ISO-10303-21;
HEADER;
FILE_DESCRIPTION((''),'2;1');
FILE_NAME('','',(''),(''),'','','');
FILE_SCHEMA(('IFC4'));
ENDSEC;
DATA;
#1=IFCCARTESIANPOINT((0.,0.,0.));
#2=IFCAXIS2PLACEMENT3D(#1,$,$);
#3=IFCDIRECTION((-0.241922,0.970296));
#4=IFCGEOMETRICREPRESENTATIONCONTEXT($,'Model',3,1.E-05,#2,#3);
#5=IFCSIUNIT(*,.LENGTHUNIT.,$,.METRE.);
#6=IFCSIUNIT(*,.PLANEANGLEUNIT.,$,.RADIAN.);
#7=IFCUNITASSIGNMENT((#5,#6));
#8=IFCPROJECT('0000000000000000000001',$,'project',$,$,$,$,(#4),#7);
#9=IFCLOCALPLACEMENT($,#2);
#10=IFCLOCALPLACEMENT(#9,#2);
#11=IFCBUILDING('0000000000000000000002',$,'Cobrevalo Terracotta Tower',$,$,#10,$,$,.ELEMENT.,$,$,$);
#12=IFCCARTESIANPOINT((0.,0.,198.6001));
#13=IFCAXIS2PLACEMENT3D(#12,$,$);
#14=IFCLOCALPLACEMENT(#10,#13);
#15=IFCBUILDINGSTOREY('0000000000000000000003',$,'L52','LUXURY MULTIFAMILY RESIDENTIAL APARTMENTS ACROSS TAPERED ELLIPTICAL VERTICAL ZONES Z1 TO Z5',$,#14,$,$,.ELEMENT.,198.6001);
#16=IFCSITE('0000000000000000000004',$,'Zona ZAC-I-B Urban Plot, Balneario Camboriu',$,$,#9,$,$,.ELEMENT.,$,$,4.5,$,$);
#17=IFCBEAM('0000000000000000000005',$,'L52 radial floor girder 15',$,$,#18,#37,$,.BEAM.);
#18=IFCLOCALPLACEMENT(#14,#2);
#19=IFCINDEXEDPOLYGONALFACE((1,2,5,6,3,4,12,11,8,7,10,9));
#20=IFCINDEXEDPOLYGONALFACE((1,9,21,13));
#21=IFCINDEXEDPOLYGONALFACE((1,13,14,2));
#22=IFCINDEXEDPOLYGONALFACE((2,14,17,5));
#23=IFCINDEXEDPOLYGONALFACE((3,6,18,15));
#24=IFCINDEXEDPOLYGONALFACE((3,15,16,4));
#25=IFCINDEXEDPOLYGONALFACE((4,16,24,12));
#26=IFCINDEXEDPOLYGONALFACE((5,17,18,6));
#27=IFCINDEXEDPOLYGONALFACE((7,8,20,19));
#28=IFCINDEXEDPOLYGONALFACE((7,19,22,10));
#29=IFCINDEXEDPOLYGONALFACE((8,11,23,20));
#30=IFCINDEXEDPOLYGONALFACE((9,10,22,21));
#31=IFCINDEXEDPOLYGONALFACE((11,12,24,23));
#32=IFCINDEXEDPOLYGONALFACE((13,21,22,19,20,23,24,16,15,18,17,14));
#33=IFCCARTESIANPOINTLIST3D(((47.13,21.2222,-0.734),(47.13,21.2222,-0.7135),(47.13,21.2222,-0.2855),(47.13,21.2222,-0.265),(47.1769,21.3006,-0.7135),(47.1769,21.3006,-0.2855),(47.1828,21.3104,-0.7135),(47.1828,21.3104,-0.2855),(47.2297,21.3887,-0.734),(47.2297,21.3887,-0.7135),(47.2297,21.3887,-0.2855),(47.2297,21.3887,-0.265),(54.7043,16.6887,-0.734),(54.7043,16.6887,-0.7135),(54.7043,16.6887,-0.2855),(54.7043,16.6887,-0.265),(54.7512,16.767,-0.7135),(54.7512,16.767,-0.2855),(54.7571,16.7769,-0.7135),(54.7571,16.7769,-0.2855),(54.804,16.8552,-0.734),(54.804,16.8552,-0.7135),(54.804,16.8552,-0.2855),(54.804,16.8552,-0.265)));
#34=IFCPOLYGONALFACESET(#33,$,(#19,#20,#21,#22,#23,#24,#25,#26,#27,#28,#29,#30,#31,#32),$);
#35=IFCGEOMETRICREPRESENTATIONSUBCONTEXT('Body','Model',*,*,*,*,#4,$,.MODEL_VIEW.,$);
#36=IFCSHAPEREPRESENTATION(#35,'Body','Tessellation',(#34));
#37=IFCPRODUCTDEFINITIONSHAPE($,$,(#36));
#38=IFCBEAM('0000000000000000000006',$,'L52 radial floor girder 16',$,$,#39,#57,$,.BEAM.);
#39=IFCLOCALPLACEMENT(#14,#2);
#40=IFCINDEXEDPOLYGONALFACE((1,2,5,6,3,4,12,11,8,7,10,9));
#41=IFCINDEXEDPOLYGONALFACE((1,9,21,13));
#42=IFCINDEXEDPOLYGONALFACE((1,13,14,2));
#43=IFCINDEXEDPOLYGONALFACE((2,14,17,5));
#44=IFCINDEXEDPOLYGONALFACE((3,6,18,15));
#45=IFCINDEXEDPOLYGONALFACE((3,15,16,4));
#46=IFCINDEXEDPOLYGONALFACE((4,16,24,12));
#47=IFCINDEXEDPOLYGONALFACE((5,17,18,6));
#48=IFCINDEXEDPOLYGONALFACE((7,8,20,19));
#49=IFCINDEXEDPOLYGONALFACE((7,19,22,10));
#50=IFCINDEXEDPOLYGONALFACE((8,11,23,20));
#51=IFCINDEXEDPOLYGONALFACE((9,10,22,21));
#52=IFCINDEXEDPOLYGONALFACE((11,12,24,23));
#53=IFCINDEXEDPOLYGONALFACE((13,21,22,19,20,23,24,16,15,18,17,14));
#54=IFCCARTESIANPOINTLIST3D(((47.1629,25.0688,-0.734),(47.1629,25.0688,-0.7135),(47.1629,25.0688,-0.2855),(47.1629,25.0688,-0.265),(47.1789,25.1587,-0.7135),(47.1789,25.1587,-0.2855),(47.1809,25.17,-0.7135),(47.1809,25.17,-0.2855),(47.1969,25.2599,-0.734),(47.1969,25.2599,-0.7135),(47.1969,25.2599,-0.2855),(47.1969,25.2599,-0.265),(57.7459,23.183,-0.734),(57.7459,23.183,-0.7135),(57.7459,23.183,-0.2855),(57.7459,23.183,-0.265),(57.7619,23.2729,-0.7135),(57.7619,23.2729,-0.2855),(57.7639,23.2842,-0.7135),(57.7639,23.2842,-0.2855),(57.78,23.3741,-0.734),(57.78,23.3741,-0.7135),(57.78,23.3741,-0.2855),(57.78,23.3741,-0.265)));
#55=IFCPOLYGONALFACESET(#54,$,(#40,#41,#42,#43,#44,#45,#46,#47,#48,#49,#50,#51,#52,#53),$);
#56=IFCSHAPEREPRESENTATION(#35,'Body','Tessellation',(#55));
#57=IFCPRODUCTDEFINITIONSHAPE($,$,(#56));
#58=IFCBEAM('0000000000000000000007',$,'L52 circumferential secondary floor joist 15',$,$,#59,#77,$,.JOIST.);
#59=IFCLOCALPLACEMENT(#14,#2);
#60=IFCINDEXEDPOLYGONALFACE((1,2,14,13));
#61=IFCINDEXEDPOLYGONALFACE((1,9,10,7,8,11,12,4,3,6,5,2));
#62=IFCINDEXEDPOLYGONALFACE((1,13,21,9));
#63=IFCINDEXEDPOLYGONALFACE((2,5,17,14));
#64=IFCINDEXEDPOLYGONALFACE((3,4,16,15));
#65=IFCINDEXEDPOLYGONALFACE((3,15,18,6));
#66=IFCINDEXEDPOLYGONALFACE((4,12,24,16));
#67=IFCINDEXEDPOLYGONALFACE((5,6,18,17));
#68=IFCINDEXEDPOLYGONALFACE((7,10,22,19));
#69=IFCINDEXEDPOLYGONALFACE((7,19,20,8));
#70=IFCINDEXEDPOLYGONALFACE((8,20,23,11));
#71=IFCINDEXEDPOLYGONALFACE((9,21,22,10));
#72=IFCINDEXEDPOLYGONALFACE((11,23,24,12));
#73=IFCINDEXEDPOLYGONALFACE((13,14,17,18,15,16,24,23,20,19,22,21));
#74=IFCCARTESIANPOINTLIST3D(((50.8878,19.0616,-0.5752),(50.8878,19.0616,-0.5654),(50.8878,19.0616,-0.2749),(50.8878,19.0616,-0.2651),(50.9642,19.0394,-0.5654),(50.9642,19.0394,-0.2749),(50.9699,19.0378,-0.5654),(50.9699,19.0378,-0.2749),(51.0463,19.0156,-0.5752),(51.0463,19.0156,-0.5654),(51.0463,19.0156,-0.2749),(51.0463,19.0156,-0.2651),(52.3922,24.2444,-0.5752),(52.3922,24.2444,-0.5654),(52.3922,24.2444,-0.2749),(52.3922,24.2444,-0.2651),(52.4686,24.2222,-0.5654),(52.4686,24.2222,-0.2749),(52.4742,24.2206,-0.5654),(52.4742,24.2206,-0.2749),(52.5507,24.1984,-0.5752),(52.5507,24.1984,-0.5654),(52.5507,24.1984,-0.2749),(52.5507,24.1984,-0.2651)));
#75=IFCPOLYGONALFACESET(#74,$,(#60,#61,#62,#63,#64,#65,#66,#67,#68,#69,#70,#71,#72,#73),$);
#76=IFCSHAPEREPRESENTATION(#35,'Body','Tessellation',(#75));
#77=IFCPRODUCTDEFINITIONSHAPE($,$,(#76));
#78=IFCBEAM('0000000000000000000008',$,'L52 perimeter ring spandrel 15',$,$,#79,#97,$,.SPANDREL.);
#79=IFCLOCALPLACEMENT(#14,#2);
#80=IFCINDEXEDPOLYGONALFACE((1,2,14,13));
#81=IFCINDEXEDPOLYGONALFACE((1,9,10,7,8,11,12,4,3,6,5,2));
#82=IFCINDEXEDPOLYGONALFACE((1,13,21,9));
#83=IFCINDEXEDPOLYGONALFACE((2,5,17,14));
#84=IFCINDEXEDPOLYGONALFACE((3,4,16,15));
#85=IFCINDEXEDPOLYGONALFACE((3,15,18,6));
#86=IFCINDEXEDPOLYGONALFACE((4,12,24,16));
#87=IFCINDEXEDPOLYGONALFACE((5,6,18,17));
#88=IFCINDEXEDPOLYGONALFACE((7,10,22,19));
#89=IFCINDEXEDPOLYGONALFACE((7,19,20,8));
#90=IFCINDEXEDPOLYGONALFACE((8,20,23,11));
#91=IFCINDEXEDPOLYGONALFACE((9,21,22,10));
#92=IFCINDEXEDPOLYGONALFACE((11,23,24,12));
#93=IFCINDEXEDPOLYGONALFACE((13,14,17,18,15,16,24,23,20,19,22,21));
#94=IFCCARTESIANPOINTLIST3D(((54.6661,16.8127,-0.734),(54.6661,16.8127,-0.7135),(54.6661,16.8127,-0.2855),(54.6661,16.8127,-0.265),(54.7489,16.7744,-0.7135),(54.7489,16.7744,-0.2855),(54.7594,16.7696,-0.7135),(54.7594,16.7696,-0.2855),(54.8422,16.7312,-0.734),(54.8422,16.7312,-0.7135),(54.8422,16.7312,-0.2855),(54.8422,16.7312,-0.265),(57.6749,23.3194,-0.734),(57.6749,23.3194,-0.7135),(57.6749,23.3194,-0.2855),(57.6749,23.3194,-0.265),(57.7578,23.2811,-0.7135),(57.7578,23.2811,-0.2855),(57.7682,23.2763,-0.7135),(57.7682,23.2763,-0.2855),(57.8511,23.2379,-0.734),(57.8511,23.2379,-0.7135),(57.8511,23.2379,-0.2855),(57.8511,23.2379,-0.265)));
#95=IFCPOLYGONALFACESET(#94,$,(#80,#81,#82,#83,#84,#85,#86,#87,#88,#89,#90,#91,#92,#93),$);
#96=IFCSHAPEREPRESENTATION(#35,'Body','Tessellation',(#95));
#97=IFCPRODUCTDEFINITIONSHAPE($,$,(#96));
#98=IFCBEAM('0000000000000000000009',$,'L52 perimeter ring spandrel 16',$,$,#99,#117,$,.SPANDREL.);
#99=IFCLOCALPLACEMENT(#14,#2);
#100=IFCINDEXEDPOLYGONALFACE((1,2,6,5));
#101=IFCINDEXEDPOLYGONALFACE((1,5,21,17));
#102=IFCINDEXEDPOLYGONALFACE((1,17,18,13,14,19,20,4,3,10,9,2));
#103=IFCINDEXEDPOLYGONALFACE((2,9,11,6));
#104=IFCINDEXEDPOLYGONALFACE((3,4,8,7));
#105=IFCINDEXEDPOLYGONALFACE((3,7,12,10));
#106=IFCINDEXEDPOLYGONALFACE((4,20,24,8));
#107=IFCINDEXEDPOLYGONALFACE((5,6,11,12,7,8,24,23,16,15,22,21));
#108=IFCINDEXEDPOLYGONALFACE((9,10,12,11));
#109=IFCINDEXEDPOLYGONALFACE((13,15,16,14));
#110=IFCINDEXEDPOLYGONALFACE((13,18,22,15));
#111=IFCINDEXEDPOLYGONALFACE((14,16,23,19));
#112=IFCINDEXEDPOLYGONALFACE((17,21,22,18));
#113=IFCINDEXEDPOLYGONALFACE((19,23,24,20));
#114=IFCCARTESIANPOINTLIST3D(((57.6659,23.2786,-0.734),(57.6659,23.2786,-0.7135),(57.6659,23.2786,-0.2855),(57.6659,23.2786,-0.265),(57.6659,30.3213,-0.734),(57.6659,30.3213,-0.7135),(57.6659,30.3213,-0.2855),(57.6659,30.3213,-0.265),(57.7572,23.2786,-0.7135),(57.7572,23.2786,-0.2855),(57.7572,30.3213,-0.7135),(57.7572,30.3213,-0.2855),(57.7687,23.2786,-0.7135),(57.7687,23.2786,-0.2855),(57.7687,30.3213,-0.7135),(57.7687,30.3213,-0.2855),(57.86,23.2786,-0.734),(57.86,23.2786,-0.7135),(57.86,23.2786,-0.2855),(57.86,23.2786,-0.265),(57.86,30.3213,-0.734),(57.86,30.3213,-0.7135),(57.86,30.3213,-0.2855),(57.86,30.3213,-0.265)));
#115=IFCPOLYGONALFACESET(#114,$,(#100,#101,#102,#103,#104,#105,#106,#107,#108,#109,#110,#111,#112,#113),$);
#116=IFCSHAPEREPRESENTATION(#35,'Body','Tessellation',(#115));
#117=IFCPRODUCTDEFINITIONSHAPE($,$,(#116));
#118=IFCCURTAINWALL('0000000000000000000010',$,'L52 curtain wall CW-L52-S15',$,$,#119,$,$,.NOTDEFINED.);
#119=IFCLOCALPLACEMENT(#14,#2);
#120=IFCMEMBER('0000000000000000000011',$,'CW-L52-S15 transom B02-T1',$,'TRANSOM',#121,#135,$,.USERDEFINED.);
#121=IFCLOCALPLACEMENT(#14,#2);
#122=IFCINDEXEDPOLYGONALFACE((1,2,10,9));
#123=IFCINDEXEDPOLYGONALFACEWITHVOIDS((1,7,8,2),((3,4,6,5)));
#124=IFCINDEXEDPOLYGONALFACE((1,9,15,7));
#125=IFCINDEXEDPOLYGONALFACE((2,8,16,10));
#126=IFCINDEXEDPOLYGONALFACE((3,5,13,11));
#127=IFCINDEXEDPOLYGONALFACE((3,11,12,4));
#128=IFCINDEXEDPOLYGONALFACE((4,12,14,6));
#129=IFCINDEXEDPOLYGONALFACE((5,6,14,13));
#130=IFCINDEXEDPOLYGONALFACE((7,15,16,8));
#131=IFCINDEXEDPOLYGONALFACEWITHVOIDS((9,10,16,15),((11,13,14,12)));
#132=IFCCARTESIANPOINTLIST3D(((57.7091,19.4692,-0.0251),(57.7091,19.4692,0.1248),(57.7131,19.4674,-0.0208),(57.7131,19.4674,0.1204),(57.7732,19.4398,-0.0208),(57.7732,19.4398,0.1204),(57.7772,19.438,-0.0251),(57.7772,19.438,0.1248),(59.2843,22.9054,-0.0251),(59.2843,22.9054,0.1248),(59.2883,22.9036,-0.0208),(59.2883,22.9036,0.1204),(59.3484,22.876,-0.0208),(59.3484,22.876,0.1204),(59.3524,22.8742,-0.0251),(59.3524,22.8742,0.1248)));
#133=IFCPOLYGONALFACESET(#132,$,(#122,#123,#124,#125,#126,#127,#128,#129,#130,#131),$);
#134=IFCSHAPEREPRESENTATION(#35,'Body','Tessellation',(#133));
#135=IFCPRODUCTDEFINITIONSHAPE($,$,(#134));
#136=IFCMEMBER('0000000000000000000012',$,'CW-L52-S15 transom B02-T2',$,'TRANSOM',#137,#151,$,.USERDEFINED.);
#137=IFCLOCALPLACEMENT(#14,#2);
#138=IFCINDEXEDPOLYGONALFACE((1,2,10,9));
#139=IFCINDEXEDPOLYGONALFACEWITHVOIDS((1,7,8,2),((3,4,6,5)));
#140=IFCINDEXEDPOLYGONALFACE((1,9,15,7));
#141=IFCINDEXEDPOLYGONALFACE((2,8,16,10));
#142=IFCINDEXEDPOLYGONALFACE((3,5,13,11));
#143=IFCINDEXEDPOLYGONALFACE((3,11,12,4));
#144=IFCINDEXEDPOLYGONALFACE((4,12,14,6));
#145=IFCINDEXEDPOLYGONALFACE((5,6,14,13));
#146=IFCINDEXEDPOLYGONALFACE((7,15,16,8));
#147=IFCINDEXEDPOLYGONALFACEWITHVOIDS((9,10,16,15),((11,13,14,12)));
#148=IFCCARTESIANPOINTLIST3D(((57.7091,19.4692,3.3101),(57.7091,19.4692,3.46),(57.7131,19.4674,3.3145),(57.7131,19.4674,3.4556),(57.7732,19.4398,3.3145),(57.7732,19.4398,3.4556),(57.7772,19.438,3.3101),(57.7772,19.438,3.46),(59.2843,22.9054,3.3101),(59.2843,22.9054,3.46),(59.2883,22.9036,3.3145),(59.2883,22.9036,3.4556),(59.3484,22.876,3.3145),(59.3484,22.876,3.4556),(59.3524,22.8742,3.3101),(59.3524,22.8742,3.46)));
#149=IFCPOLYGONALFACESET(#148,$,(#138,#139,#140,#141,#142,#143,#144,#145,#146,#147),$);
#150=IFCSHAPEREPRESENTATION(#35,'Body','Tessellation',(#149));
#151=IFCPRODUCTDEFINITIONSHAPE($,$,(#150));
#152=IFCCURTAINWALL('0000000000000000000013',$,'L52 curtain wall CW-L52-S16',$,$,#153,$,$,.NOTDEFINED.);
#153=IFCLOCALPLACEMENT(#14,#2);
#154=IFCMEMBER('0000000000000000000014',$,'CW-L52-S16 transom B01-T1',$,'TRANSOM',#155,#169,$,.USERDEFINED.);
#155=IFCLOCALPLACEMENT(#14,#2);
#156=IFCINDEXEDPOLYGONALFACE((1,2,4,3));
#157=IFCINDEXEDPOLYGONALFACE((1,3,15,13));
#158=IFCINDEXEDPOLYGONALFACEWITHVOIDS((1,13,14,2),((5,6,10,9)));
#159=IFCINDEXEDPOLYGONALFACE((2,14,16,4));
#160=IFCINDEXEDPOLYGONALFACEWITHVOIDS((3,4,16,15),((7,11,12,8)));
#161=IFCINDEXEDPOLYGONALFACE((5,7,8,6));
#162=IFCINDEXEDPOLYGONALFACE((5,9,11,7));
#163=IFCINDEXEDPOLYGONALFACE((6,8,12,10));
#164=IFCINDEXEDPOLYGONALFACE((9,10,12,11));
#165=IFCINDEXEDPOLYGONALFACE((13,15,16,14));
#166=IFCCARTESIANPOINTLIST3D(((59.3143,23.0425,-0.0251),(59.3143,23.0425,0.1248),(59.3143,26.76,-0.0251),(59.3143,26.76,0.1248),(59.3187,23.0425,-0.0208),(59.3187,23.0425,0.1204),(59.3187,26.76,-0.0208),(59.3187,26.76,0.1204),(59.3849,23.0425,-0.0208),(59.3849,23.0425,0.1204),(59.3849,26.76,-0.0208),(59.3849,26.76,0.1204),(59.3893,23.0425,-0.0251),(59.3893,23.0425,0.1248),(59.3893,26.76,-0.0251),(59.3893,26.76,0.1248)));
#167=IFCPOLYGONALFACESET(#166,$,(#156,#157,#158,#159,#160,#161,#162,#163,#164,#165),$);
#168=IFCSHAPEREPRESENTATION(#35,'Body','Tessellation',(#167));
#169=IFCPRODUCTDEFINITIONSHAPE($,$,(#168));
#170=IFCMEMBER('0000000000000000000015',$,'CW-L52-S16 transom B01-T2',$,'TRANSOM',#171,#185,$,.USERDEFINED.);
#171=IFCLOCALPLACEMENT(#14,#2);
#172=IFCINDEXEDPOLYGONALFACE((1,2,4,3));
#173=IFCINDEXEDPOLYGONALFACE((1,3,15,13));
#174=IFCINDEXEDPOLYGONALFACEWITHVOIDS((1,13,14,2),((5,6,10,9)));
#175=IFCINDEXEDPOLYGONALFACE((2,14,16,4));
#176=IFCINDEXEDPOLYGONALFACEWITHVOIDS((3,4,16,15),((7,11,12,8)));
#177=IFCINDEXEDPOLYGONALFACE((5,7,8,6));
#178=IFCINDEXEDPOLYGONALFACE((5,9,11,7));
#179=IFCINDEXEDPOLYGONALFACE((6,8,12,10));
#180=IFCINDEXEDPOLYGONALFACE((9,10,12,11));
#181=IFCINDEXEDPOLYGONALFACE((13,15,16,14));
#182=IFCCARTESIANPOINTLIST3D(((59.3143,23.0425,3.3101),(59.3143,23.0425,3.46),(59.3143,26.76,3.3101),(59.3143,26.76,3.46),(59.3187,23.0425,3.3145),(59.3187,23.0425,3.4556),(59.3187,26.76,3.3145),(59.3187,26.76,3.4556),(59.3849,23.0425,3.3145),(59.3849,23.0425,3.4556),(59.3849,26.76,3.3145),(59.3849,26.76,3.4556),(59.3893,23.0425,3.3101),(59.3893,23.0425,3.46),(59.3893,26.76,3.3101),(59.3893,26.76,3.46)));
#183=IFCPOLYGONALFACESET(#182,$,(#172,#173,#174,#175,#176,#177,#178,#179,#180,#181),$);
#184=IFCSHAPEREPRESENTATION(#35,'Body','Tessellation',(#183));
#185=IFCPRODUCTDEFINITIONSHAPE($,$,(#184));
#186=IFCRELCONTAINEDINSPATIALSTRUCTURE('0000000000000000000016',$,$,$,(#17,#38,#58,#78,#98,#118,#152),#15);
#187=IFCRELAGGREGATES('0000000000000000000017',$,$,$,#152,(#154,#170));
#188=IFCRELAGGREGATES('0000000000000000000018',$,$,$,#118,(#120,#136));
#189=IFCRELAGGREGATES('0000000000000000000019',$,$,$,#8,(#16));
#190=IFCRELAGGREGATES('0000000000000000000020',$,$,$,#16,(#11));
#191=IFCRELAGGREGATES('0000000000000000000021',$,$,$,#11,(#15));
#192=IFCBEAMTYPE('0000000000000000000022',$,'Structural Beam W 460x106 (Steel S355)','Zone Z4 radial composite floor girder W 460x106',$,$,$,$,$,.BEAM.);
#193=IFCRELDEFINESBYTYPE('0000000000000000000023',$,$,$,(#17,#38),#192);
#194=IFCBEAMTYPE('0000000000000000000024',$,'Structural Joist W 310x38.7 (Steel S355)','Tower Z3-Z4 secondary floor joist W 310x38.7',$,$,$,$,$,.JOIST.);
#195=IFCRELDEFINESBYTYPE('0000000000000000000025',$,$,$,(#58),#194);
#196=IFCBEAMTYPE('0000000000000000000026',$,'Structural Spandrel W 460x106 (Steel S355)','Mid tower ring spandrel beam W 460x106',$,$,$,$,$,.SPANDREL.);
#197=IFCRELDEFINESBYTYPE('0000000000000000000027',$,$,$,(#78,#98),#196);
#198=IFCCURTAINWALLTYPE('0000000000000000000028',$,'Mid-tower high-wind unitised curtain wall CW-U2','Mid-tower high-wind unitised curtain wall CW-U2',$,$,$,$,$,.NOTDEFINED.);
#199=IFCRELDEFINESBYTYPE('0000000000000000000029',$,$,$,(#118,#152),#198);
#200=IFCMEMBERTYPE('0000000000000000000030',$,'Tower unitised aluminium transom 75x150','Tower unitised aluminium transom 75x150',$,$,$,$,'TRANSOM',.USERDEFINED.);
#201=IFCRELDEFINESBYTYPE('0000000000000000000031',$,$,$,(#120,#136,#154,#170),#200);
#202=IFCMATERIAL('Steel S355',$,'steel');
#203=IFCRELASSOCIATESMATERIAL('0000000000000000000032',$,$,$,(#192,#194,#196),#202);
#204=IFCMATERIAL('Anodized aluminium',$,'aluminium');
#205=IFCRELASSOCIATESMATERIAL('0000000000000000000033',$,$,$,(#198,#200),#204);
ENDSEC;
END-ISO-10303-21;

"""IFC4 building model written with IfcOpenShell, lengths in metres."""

from ifc_helpers import new_model, si_unit, direction, frame, origin, origin_2d, place, context, subcontext, project, spatial, hollow_rectangle, i_section, extrude, source, transform, mapped, material, material_profile, profile_set, type_object, element, aggregate, save


model = new_model("IFC4")

# Units and contexts
model_context = context("Model", 3, precision=1e-05, world=origin(), true_north=direction((-0.241922, 0.970296)))
body_context = subcontext(model_context, "Body", "Model", "MODEL_VIEW")
ifc_project = project(units=[si_unit("LENGTHUNIT", "METRE"), si_unit("PLANEANGLEUNIT", "RADIAN")], contexts=[model_context])

# Site, building, storey
site_placement = place(None, origin())
site = spatial("IfcSite", under=ifc_project, at=site_placement, Name="Zona ZAC-I-B Urban Plot, Balneario Camboriu", CompositionType="ELEMENT", RefElevation=4.5)
building_placement = place(site_placement, origin())
building = spatial("IfcBuilding", under=site, at=building_placement, Name="Cobrevalo Terracotta Tower", CompositionType="ELEMENT")
storey_placement = place(building_placement, frame((0.0, 0.0, 198.6001)))
storey = spatial("IfcBuildingStorey", under=building, at=storey_placement, Name="L52", Description="LUXURY MULTIFAMILY RESIDENTIAL APARTMENTS ACROSS TAPERED ELLIPTICAL VERTICAL ZONES Z1 TO Z5", CompositionType="ELEMENT", Elevation=198.6001)

# Shared definitions
ifc_material_1 = material(Name="Steel S355", Category="steel")

# Beams
ifc_material_profile_1 = material_profile(ifc_material_1, i_section(OverallWidth=0.1941, OverallDepth=0.469, WebThickness=0.0115, FlangeThickness=0.0205, at=origin_2d()), Name="W 460x106")
ifc_profile_set_1 = profile_set([ifc_material_profile_1], Name="Steel S355")
beam_type_1 = type_object("IfcBeamType", Name="Structural Beam W 460x106 (Steel S355)", Description="Zone Z4 radial composite floor girder W 460x106", PredefinedType="BEAM", material=ifc_profile_set_1)
beam_1_placement = place(storey_placement, frame((54.7542, 16.772, -0.4995), z_axis=(-0.858046, 0.513572, 0.0), x_axis=(-0.513572, -0.858046, 0.0)))
element("IfcBeam", 1, at=beam_1_placement, inside=storey, type_object=beam_type_1, Name="L52 radial floor girder 15", PredefinedType="BEAM", context=body_context, shape_type="SweptSolid", body=[
    extrude(i_section(OverallWidth=0.1941, OverallDepth=0.469, WebThickness=0.0115, FlangeThickness=0.0205, at=origin_2d()), origin(), (0.0, 0.0, 1.0), 8.8274),
])
beam_2_placement = place(storey_placement, frame((57.7629, 23.2786, -0.4995), z_axis=(-0.984493, 0.175423, 0.0), x_axis=(-0.175423, -0.984493, 0.0)))
element("IfcBeam", 2, at=beam_2_placement, inside=storey, type_object=beam_type_1, Name="L52 radial floor girder 16", PredefinedType="BEAM", context=body_context, shape_type="SweptSolid", body=[
    extrude(i_section(OverallWidth=0.1941, OverallDepth=0.469, WebThickness=0.0115, FlangeThickness=0.0205, at=origin_2d()), origin(), (0.0, 0.0, 1.0), 10.7498),
])
ifc_material_profile_2 = material_profile(ifc_material_1, i_section(OverallWidth=0.165, OverallDepth=0.3101, WebThickness=0.0059, FlangeThickness=0.0098, at=origin_2d()), Name="W 310x38.7")
ifc_profile_set_2 = profile_set([ifc_material_profile_2], Name="Steel S355")
beam_type_2 = type_object("IfcBeamType", Name="Structural Joist W 310x38.7 (Steel S355)", Description="Tower Z3-Z4 secondary floor joist W 310x38.7", PredefinedType="JOIST", material=ifc_profile_set_2)
beam_3_placement = place(storey_placement, frame((50.967, 19.0386, -0.4202), z_axis=(0.278758, 0.960361, 0.0), x_axis=(-0.960361, 0.278758, 0.0)))
element("IfcBeam", 3, at=beam_3_placement, inside=storey, type_object=beam_type_2, Name="L52 circumferential secondary floor joist 15", PredefinedType="JOIST", context=body_context, shape_type="SweptSolid", body=[
    extrude(i_section(OverallWidth=0.165, OverallDepth=0.3101, WebThickness=0.0059, FlangeThickness=0.0098, at=origin_2d()), origin(), (0.0, 0.0, 1.0), 5.3967),
])
ifc_material_profile_3 = material_profile(ifc_material_1, i_section(OverallWidth=0.1941, OverallDepth=0.469, WebThickness=0.0115, FlangeThickness=0.0205, at=origin_2d()), Name="W 460x106")
ifc_profile_set_3 = profile_set([ifc_material_profile_3], Name="Steel S355")
beam_type_3 = type_object("IfcBeamType", Name="Structural Spandrel W 460x106 (Steel S355)", Description="Mid tower ring spandrel beam W 460x106", PredefinedType="SPANDREL", material=ifc_profile_set_3)
beam_4_placement = place(storey_placement, frame((54.7542, 16.772, -0.4995), z_axis=(0.419719, 0.907654, 0.0), x_axis=(-0.907654, 0.419719, 0.0)))
element("IfcBeam", 4, at=beam_4_placement, inside=storey, type_object=beam_type_3, Name="L52 perimeter ring spandrel 15", PredefinedType="SPANDREL", context=body_context, shape_type="SweptSolid", body=[
    extrude(i_section(OverallWidth=0.1941, OverallDepth=0.469, WebThickness=0.0115, FlangeThickness=0.0205, at=origin_2d()), origin(), (0.0, 0.0, 1.0), 7.1687),
])
beam_5_placement = place(storey_placement, frame((57.7629, 23.2786, -0.4995), z_axis=(0.0, 1.0, 0.0), x_axis=(-1.0, 0.0, 0.0)))
element("IfcBeam", 5, at=beam_5_placement, inside=storey, type_object=beam_type_3, Name="L52 perimeter ring spandrel 16", PredefinedType="SPANDREL", context=body_context, shape_type="SweptSolid", body=[
    extrude(i_section(OverallWidth=0.1941, OverallDepth=0.469, WebThickness=0.0115, FlangeThickness=0.0205, at=origin_2d()), origin(), (0.0, 0.0, 1.0), 7.0427),
])

# Curtain walls, members
ifc_material_2 = material(Name="Anodized aluminium", Category="aluminium")
curtain_wall_type = type_object("IfcCurtainWallType", Name="Mid-tower high-wind unitised curtain wall CW-U2", Description="Mid-tower high-wind unitised curtain wall CW-U2", PredefinedType="NOTDEFINED", material=ifc_material_2)
curtain_wall_1_placement = place(storey_placement, origin())
curtain_wall_1 = element("IfcCurtainWall", 6, at=curtain_wall_1_placement, inside=storey, type_object=curtain_wall_type, Name="L52 curtain wall CW-L52-S15", PredefinedType="NOTDEFINED")
ifc_material_profile_4 = material_profile(ifc_material_2, hollow_rectangle(XDim=0.075, YDim=0.1499, WallThickness=0.0044, at=origin_2d()), Name="CWT 75x150")
ifc_profile_set_4 = profile_set([ifc_material_profile_4], Name="Anodized aluminium")
member_type_1 = type_object("IfcMemberType", Name="Tower unitised aluminium transom 75x150", Description="Tower unitised aluminium transom 75x150", ElementType="TRANSOM", PredefinedType="USERDEFINED", material=ifc_profile_set_4)
shared_shape_1 = source(origin(), body_context, "Body", "SweptSolid", [
    extrude(hollow_rectangle(XDim=0.075, YDim=0.1499, WallThickness=0.0044, at=origin_2d()), origin(), (0.0, 0.0, 1.0), 3.78),
])
member_1_placement = place(storey_placement, frame((57.7432, 19.4536, 0.0498), z_axis=(0.416706, 0.909041, 0.0), x_axis=(-0.909041, 0.416706, 0.0)))
member_1 = element("IfcMember", 7, at=member_1_placement, type_object=member_type_1, Name="CW-L52-S15 transom B02-T1", ObjectType="TRANSOM", PredefinedType="USERDEFINED", context=body_context, shape_type="MappedRepresentation", body=[
    mapped(shared_shape_1, transform((0.0, 0.0, 0.0), scale=1.0)),
])
member_2_placement = place(storey_placement, frame((57.7432, 19.4536, 3.385), z_axis=(0.416706, 0.909041, 0.0), x_axis=(-0.909041, 0.416706, 0.0)))
member_2 = element("IfcMember", 8, at=member_2_placement, type_object=member_type_1, Name="CW-L52-S15 transom B02-T2", ObjectType="TRANSOM", PredefinedType="USERDEFINED", context=body_context, shape_type="MappedRepresentation", body=[
    mapped(shared_shape_1, transform((0.0, 0.0, 0.0), scale=1.0)),
])
curtain_wall_2_placement = place(storey_placement, origin())
curtain_wall_2 = element("IfcCurtainWall", 9, at=curtain_wall_2_placement, inside=storey, type_object=curtain_wall_type, Name="L52 curtain wall CW-L52-S16", PredefinedType="NOTDEFINED")
shared_shape_2 = source(origin(), body_context, "Body", "SweptSolid", [
    extrude(hollow_rectangle(XDim=0.075, YDim=0.1499, WallThickness=0.0044, at=origin_2d()), origin(), (0.0, 0.0, 1.0), 3.7175),
])
member_3_placement = place(storey_placement, frame((59.3518, 23.0425, 0.0498), z_axis=(0.0, 1.0, 0.0), x_axis=(-1.0, 0.0, 0.0)))
member_3 = element("IfcMember", 10, at=member_3_placement, type_object=member_type_1, Name="CW-L52-S16 transom B01-T1", ObjectType="TRANSOM", PredefinedType="USERDEFINED", context=body_context, shape_type="MappedRepresentation", body=[
    mapped(shared_shape_2, transform((0.0, 0.0, 0.0), scale=1.0)),
])
member_4_placement = place(storey_placement, frame((59.3518, 23.0425, 3.385), z_axis=(0.0, 1.0, 0.0), x_axis=(-1.0, 0.0, 0.0)))
member_4 = element("IfcMember", 11, at=member_4_placement, type_object=member_type_1, Name="CW-L52-S16 transom B01-T2", ObjectType="TRANSOM", PredefinedType="USERDEFINED", context=body_context, shape_type="MappedRepresentation", body=[
    mapped(shared_shape_2, transform((0.0, 0.0, 0.0), scale=1.0)),
])

aggregate(curtain_wall_2, [member_3, member_4])

aggregate(curtain_wall_1, [member_1, member_2])

save(model, "model.ifc")
